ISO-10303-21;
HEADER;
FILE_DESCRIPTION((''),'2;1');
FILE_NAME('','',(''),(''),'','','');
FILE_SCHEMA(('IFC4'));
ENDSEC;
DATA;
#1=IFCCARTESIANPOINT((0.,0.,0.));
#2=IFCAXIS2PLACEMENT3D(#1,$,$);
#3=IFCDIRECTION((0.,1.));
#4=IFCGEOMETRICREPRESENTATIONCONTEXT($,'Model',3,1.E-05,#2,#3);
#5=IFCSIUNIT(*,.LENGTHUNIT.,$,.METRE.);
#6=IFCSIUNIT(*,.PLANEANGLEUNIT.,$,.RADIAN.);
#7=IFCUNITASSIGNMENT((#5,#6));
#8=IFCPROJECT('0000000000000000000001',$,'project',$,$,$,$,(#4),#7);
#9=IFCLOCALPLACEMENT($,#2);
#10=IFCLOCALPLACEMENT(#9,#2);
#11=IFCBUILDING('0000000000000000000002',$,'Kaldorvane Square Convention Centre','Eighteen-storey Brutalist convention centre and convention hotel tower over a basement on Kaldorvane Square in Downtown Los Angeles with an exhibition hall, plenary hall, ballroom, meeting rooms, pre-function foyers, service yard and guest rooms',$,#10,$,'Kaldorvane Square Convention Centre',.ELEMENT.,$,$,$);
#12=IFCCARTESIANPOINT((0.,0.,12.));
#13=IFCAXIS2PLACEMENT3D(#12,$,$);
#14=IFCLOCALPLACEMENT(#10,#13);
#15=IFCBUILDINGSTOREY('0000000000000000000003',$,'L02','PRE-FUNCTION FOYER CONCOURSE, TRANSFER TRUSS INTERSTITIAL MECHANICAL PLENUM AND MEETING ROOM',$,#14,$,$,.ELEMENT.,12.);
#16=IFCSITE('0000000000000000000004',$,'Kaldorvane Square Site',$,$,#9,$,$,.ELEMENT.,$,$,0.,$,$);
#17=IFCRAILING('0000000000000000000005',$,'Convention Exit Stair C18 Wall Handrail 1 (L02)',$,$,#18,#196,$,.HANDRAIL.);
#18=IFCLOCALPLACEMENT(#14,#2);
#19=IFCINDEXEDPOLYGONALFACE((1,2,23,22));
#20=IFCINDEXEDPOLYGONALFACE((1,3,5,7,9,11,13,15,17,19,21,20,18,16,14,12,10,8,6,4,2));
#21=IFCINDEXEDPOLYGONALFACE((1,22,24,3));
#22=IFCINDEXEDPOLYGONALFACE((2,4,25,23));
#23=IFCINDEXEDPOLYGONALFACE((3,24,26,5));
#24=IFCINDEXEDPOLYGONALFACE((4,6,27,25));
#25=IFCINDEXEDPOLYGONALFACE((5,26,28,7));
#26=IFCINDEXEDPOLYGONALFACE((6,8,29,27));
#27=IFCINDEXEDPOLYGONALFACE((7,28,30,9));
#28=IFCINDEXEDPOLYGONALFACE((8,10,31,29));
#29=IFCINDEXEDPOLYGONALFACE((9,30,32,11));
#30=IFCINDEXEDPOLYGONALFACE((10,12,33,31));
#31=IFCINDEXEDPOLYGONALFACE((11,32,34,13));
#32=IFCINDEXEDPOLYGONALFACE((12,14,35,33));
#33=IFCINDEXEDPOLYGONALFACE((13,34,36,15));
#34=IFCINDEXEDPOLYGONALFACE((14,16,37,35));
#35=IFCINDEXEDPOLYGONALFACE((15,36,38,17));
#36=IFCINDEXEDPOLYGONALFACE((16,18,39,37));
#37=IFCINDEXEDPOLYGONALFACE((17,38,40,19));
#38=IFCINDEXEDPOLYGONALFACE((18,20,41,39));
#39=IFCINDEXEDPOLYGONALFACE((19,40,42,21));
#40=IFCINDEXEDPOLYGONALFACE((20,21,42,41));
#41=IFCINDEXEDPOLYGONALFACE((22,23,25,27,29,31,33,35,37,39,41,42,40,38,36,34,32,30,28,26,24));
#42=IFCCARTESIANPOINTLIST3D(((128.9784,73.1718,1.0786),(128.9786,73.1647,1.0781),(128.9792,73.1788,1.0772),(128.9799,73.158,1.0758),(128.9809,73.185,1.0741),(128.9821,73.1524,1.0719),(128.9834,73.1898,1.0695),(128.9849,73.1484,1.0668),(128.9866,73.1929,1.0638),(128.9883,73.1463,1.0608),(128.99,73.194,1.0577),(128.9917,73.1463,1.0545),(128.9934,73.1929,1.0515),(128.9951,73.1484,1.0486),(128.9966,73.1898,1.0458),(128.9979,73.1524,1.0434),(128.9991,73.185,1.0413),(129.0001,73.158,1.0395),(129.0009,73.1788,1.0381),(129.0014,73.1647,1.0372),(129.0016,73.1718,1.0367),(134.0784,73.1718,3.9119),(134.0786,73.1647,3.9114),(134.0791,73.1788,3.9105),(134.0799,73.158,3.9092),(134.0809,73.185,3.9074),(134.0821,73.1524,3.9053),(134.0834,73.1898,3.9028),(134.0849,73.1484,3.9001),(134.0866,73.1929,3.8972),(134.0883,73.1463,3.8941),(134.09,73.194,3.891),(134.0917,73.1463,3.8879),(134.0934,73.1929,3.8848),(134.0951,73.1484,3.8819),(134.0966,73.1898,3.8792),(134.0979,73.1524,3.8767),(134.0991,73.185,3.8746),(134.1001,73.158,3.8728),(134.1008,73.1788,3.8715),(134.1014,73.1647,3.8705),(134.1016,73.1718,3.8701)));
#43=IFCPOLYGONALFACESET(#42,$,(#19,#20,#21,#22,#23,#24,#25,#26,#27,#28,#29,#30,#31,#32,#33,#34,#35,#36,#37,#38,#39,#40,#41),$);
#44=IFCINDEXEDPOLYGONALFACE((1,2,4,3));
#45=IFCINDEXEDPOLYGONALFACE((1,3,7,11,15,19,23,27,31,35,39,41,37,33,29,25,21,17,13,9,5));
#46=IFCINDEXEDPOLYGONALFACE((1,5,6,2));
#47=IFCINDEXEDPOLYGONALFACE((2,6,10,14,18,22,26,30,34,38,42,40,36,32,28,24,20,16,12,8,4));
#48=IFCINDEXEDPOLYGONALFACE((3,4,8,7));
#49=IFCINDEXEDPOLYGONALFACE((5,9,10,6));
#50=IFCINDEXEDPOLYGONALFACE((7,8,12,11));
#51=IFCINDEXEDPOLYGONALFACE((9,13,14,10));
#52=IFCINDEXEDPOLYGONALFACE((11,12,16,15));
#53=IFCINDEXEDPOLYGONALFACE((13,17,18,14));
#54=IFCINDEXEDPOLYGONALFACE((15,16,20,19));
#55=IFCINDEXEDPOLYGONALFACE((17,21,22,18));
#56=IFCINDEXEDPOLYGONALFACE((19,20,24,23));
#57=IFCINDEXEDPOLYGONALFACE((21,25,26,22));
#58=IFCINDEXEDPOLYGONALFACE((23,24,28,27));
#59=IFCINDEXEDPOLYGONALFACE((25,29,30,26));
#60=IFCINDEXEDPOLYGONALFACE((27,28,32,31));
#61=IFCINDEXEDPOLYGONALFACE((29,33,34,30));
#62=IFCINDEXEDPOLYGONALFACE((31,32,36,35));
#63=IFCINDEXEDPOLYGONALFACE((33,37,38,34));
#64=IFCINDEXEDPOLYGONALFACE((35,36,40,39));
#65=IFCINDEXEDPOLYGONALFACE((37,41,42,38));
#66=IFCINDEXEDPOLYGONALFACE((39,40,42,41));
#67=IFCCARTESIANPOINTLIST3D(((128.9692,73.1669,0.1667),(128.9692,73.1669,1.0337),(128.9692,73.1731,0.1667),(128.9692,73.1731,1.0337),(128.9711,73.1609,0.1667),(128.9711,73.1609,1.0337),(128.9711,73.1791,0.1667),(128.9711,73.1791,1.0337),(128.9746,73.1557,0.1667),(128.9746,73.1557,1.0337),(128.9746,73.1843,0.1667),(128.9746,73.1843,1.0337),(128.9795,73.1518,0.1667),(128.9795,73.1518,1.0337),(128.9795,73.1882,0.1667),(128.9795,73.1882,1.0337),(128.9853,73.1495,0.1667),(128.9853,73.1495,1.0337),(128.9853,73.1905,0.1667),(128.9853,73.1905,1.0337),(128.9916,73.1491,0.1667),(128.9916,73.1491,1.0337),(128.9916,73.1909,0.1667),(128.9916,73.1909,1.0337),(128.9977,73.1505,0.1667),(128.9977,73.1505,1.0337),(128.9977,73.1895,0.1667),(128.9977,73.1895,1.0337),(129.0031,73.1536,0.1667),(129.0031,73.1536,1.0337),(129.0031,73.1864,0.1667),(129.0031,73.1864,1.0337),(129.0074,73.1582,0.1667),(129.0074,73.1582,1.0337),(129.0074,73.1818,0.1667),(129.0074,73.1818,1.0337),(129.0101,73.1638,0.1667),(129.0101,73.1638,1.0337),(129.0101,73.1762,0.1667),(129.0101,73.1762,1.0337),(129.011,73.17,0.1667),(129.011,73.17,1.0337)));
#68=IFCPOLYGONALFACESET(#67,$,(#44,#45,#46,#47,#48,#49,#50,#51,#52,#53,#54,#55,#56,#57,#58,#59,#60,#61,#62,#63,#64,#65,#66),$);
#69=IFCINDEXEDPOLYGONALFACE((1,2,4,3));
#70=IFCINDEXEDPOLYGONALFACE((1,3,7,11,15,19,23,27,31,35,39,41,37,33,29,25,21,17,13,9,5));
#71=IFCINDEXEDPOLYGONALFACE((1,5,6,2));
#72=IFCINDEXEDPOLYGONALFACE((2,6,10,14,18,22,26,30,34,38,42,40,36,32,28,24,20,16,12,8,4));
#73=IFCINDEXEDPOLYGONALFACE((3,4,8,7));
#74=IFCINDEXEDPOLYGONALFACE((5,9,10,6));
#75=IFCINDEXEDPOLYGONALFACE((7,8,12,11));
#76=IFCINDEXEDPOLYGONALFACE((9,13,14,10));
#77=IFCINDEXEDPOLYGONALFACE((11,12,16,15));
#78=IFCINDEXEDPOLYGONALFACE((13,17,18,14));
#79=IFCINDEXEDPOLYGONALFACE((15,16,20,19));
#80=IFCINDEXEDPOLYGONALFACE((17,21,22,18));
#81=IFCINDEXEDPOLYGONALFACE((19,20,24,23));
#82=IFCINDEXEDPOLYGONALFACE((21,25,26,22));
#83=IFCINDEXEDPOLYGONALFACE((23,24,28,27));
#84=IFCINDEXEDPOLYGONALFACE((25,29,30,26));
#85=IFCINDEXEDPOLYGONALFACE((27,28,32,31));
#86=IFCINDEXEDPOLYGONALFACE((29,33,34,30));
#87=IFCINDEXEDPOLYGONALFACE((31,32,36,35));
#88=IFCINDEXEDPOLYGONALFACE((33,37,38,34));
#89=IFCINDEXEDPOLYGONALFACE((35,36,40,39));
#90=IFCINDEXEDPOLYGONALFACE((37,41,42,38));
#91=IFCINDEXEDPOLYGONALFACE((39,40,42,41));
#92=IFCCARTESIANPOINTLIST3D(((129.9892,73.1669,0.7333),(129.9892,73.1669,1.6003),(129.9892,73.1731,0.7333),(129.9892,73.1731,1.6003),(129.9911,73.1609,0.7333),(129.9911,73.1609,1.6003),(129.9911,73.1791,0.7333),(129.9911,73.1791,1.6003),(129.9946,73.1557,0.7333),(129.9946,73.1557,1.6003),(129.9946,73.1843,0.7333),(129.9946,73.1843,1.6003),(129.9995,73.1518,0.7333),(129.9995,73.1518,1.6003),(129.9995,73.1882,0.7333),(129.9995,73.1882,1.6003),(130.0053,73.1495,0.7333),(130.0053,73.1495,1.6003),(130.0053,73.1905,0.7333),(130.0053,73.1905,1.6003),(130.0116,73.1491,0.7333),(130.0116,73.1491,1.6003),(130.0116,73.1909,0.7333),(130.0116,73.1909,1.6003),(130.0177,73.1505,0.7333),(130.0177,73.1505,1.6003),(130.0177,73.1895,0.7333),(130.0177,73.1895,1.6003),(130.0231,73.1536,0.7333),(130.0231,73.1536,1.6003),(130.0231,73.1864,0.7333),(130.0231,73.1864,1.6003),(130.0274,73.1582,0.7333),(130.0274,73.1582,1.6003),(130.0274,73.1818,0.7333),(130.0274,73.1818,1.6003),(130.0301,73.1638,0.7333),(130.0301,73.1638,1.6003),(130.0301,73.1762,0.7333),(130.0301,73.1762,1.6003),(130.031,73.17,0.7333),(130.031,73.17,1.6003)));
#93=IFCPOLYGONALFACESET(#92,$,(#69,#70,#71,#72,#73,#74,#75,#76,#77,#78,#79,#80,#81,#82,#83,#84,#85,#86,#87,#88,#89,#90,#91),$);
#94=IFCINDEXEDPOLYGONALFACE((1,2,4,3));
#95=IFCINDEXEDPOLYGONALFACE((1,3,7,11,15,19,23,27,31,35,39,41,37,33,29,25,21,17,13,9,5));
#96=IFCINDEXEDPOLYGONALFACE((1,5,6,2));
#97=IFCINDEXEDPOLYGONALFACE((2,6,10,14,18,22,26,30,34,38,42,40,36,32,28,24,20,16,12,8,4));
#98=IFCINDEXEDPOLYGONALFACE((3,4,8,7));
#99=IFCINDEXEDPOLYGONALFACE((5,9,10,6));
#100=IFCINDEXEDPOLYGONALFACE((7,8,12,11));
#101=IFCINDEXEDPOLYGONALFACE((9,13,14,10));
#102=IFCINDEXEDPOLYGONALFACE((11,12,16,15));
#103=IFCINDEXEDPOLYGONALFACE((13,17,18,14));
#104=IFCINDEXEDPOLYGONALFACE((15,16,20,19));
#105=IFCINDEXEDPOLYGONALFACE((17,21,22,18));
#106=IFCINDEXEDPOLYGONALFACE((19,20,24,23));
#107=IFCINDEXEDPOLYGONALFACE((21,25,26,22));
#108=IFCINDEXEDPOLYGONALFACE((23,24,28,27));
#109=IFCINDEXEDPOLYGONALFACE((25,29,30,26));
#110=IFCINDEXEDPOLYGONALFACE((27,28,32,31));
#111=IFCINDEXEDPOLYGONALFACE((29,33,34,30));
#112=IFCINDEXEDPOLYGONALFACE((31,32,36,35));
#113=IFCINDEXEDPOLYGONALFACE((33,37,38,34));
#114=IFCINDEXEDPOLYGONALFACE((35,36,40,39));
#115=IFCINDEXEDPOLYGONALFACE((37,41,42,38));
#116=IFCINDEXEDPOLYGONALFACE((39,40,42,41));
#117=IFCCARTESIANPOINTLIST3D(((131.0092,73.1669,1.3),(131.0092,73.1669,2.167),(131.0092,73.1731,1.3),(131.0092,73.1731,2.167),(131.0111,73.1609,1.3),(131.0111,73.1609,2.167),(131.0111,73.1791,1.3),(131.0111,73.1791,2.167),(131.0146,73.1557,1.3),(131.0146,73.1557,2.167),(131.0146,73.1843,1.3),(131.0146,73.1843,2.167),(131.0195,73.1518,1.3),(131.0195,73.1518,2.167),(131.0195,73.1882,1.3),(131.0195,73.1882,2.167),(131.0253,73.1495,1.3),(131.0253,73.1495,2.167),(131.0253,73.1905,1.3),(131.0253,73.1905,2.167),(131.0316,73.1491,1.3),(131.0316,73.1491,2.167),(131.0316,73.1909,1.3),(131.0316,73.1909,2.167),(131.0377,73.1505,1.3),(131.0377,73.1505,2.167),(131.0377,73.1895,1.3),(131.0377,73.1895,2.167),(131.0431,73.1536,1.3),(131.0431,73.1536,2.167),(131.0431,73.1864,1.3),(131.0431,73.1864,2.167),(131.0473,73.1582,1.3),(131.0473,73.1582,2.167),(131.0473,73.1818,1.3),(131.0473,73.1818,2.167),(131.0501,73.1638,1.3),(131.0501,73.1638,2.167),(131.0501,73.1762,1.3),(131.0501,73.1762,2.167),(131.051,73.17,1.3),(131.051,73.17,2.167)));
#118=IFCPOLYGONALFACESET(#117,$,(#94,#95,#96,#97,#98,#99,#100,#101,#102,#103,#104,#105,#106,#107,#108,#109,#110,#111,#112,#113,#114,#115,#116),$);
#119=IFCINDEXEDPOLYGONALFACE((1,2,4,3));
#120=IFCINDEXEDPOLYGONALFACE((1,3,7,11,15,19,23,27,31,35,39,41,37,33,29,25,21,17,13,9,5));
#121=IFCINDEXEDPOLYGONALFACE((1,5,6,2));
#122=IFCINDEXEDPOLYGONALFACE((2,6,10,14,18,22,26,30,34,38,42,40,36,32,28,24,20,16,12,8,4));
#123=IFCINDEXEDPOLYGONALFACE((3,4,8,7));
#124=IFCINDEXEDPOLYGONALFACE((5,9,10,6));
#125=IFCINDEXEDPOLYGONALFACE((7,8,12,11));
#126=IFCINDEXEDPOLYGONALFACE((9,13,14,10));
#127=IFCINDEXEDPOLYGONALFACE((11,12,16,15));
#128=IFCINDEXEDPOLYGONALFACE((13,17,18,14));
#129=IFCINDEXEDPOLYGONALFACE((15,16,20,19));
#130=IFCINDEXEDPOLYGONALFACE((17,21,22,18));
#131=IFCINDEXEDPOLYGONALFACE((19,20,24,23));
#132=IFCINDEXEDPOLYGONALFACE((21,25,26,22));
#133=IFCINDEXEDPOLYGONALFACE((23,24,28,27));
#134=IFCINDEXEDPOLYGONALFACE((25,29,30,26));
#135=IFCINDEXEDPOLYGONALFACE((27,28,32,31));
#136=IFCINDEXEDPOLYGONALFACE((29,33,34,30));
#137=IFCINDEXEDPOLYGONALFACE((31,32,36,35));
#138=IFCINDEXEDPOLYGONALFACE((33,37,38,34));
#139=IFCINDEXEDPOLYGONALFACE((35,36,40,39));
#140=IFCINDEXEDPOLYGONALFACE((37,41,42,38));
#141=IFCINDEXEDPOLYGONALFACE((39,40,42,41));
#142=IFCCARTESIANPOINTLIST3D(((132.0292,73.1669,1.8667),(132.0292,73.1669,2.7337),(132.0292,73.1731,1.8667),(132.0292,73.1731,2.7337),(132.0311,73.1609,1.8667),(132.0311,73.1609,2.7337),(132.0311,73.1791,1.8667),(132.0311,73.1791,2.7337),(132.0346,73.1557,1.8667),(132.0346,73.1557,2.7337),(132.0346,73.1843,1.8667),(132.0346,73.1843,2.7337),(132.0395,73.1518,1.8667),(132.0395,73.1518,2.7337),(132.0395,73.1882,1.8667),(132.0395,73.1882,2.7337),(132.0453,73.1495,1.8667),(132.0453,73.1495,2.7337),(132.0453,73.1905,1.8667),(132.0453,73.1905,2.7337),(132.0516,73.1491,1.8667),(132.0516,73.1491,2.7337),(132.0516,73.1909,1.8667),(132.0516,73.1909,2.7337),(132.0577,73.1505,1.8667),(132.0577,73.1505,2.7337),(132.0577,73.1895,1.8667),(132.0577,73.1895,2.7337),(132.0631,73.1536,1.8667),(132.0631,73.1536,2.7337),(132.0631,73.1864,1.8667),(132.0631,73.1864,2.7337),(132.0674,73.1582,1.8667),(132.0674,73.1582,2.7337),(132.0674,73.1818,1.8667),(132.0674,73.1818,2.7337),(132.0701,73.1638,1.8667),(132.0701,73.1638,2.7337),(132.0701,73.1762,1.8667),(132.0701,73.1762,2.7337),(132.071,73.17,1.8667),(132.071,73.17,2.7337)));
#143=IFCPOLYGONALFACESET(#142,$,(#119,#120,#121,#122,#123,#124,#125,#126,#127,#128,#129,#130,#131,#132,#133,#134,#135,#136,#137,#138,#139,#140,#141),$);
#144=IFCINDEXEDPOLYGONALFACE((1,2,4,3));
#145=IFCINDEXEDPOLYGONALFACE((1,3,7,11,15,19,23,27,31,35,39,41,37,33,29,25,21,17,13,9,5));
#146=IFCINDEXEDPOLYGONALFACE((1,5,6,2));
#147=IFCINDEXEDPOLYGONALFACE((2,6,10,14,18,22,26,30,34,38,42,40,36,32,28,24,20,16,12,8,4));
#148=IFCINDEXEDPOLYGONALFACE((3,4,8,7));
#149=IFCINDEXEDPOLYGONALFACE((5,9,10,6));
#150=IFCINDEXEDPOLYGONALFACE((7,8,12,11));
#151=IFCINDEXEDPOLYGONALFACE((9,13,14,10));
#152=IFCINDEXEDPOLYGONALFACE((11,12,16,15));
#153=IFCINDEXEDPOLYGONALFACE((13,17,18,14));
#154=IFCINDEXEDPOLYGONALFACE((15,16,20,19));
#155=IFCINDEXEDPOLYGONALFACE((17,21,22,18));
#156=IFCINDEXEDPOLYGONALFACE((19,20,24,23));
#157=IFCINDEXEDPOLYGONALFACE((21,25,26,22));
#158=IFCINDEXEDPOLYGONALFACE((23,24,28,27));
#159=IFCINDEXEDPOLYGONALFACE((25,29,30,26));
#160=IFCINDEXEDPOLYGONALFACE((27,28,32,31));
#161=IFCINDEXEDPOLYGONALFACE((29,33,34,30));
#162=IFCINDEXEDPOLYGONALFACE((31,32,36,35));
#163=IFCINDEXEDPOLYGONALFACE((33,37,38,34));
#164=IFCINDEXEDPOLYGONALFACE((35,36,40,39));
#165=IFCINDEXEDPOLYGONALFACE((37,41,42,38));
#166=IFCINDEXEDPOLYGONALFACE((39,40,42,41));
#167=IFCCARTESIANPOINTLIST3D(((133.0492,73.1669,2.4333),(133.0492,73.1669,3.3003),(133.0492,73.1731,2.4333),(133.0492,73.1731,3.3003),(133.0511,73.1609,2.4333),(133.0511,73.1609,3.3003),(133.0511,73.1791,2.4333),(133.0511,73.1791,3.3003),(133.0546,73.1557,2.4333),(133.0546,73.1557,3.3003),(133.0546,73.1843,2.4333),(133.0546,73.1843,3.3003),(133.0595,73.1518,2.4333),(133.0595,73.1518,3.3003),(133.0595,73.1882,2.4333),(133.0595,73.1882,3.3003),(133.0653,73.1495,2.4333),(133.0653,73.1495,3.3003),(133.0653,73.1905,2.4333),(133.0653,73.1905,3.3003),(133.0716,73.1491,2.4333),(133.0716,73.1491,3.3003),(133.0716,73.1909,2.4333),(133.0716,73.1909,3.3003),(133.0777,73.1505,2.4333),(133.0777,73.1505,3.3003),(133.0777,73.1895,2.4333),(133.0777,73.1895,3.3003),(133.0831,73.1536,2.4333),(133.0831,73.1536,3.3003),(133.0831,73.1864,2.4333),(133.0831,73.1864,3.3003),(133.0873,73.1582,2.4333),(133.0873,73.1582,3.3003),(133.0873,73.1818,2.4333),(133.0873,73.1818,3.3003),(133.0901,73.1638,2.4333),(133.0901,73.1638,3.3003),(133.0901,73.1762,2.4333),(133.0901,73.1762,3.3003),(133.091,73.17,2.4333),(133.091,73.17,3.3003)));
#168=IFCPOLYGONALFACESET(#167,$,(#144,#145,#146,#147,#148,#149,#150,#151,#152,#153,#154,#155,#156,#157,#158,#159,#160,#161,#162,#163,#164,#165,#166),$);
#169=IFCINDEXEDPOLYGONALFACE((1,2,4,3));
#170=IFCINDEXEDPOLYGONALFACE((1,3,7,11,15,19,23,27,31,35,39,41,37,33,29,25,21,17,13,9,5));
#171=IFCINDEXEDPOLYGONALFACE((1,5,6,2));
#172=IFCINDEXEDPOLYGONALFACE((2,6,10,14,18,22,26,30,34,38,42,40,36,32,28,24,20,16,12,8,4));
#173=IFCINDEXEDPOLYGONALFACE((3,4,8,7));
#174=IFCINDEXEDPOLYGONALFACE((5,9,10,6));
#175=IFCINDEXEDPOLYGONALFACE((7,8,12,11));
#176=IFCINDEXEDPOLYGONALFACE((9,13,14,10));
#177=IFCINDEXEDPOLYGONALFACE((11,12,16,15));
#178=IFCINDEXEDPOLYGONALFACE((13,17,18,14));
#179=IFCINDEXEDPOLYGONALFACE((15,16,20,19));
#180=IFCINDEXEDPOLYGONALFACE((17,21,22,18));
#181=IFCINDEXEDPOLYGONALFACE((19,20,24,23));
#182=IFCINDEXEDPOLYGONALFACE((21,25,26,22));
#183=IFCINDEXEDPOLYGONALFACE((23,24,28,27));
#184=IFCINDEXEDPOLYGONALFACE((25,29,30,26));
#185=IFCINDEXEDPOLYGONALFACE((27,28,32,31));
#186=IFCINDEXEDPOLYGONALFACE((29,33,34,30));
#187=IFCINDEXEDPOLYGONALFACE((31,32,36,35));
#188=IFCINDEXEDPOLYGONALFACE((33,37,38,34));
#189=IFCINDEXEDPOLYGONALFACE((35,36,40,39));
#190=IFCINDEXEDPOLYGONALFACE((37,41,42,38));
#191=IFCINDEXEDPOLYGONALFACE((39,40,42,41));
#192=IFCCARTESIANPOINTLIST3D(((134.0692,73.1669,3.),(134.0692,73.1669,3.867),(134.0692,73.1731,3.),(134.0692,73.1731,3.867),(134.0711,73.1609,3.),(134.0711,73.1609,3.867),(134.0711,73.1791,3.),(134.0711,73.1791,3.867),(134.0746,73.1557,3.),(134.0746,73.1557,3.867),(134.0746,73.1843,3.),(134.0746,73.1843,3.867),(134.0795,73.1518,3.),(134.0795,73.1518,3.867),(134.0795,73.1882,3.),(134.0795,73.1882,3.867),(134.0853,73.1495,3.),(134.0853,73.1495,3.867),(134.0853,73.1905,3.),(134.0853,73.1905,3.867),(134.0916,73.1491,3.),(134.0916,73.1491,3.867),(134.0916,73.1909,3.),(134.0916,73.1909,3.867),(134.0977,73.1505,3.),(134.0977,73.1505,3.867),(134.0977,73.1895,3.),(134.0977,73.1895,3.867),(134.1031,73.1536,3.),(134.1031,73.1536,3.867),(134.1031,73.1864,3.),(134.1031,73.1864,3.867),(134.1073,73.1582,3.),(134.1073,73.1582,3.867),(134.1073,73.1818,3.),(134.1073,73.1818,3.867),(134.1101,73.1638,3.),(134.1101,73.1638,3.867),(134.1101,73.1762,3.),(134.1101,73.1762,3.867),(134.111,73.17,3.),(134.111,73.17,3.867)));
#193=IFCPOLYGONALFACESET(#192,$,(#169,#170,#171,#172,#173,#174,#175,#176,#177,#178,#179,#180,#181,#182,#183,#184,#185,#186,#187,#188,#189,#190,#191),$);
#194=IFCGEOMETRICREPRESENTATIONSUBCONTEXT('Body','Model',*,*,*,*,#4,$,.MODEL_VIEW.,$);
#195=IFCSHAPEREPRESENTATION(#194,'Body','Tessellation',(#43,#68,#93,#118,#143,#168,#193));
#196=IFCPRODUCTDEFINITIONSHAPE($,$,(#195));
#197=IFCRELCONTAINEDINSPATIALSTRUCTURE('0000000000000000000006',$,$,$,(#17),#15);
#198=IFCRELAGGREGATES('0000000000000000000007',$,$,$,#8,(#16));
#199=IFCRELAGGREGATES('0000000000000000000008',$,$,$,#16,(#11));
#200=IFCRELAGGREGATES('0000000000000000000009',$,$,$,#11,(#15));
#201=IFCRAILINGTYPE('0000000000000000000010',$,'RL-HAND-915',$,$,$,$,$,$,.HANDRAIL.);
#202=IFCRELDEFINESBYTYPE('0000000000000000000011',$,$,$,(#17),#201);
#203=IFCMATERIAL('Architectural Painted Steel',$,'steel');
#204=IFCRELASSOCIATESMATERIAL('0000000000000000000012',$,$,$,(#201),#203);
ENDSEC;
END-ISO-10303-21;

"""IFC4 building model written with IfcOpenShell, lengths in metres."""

from ifc_helpers import new_model, si_unit, direction, frame, origin, origin_2d, place, context, subcontext, project, spatial, circle, extrude, material, type_object, element, save


model = new_model("IFC4")

# Units and contexts
model_context = context("Model", 3, precision=1e-05, world=origin(), true_north=direction((0.0, 1.0)))
body_context = subcontext(model_context, "Body", "Model", "MODEL_VIEW")
ifc_project = project(units=[si_unit("LENGTHUNIT", "METRE"), si_unit("PLANEANGLEUNIT", "RADIAN")], contexts=[model_context])

# Site, building, storey
site_placement = place(None, origin())
site = spatial("IfcSite", under=ifc_project, at=site_placement, Name="Kaldorvane Square Site", CompositionType="ELEMENT", RefElevation=0.0)
building_placement = place(site_placement, origin())
building = spatial("IfcBuilding", under=site, at=building_placement, Name="Kaldorvane Square Convention Centre", Description="Eighteen-storey Brutalist convention centre and convention hotel tower over a basement on Kaldorvane Square in Downtown Los Angeles with an exhibition hall, plenary hall, ballroom, meeting rooms, pre-function foyers, service yard and guest rooms", LongName="Kaldorvane Square Convention Centre", CompositionType="ELEMENT")
storey_placement = place(building_placement, frame((0.0, 0.0, 12.0)))
storey = spatial("IfcBuildingStorey", under=building, at=storey_placement, Name="L02", Description="PRE-FUNCTION FOYER CONCOURSE, TRANSFER TRUSS INTERSTITIAL MECHANICAL PLENUM AND MEETING ROOM", CompositionType="ELEMENT", Elevation=12.0)

# Railing
ifc_material_1 = material(Name="Architectural Painted Steel", Category="steel")
railing_type_1 = type_object("IfcRailingType", Name="RL-HAND-915", PredefinedType="HANDRAIL", material=ifc_material_1)
railing_1_placement = place(storey_placement, frame((128.99, 73.17, 0.1667)))
element("IfcRailing", 1, at=railing_1_placement, inside=storey, type_object=railing_type_1, Name="Convention Exit Stair C18 Wall Handrail 1 (L02)", PredefinedType="HANDRAIL", context=body_context, shape_type="SweptSolid", body=[
    extrude(circle(Radius=0.024, at=origin_2d()), frame((0.0, 0.0, 0.891), z_axis=(0.874157, 0.0, 0.485643), x_axis=(0.0, 1.0, 0.0)), (0.0, 0.0, 1.0), 5.8342),
    extrude(circle(Radius=0.021, at=origin_2d()), origin(), (0.0, 0.0, 1.0), 0.867),
    extrude(circle(Radius=0.021, at=origin_2d()), frame((1.02, 0.0, 0.5667)), (0.0, 0.0, 1.0), 0.867),
    extrude(circle(Radius=0.021, at=origin_2d()), frame((2.04, 0.0, 1.1333)), (0.0, 0.0, 1.0), 0.867),
    extrude(circle(Radius=0.021, at=origin_2d()), frame((3.06, 0.0, 1.7)), (0.0, 0.0, 1.0), 0.867),
    extrude(circle(Radius=0.021, at=origin_2d()), frame((4.08, 0.0, 2.2667)), (0.0, 0.0, 1.0), 0.867),
    extrude(circle(Radius=0.021, at=origin_2d()), frame((5.1, 0.0, 2.8333)), (0.0, 0.0, 1.0), 0.867),
])

save(model, "model.ifc")
